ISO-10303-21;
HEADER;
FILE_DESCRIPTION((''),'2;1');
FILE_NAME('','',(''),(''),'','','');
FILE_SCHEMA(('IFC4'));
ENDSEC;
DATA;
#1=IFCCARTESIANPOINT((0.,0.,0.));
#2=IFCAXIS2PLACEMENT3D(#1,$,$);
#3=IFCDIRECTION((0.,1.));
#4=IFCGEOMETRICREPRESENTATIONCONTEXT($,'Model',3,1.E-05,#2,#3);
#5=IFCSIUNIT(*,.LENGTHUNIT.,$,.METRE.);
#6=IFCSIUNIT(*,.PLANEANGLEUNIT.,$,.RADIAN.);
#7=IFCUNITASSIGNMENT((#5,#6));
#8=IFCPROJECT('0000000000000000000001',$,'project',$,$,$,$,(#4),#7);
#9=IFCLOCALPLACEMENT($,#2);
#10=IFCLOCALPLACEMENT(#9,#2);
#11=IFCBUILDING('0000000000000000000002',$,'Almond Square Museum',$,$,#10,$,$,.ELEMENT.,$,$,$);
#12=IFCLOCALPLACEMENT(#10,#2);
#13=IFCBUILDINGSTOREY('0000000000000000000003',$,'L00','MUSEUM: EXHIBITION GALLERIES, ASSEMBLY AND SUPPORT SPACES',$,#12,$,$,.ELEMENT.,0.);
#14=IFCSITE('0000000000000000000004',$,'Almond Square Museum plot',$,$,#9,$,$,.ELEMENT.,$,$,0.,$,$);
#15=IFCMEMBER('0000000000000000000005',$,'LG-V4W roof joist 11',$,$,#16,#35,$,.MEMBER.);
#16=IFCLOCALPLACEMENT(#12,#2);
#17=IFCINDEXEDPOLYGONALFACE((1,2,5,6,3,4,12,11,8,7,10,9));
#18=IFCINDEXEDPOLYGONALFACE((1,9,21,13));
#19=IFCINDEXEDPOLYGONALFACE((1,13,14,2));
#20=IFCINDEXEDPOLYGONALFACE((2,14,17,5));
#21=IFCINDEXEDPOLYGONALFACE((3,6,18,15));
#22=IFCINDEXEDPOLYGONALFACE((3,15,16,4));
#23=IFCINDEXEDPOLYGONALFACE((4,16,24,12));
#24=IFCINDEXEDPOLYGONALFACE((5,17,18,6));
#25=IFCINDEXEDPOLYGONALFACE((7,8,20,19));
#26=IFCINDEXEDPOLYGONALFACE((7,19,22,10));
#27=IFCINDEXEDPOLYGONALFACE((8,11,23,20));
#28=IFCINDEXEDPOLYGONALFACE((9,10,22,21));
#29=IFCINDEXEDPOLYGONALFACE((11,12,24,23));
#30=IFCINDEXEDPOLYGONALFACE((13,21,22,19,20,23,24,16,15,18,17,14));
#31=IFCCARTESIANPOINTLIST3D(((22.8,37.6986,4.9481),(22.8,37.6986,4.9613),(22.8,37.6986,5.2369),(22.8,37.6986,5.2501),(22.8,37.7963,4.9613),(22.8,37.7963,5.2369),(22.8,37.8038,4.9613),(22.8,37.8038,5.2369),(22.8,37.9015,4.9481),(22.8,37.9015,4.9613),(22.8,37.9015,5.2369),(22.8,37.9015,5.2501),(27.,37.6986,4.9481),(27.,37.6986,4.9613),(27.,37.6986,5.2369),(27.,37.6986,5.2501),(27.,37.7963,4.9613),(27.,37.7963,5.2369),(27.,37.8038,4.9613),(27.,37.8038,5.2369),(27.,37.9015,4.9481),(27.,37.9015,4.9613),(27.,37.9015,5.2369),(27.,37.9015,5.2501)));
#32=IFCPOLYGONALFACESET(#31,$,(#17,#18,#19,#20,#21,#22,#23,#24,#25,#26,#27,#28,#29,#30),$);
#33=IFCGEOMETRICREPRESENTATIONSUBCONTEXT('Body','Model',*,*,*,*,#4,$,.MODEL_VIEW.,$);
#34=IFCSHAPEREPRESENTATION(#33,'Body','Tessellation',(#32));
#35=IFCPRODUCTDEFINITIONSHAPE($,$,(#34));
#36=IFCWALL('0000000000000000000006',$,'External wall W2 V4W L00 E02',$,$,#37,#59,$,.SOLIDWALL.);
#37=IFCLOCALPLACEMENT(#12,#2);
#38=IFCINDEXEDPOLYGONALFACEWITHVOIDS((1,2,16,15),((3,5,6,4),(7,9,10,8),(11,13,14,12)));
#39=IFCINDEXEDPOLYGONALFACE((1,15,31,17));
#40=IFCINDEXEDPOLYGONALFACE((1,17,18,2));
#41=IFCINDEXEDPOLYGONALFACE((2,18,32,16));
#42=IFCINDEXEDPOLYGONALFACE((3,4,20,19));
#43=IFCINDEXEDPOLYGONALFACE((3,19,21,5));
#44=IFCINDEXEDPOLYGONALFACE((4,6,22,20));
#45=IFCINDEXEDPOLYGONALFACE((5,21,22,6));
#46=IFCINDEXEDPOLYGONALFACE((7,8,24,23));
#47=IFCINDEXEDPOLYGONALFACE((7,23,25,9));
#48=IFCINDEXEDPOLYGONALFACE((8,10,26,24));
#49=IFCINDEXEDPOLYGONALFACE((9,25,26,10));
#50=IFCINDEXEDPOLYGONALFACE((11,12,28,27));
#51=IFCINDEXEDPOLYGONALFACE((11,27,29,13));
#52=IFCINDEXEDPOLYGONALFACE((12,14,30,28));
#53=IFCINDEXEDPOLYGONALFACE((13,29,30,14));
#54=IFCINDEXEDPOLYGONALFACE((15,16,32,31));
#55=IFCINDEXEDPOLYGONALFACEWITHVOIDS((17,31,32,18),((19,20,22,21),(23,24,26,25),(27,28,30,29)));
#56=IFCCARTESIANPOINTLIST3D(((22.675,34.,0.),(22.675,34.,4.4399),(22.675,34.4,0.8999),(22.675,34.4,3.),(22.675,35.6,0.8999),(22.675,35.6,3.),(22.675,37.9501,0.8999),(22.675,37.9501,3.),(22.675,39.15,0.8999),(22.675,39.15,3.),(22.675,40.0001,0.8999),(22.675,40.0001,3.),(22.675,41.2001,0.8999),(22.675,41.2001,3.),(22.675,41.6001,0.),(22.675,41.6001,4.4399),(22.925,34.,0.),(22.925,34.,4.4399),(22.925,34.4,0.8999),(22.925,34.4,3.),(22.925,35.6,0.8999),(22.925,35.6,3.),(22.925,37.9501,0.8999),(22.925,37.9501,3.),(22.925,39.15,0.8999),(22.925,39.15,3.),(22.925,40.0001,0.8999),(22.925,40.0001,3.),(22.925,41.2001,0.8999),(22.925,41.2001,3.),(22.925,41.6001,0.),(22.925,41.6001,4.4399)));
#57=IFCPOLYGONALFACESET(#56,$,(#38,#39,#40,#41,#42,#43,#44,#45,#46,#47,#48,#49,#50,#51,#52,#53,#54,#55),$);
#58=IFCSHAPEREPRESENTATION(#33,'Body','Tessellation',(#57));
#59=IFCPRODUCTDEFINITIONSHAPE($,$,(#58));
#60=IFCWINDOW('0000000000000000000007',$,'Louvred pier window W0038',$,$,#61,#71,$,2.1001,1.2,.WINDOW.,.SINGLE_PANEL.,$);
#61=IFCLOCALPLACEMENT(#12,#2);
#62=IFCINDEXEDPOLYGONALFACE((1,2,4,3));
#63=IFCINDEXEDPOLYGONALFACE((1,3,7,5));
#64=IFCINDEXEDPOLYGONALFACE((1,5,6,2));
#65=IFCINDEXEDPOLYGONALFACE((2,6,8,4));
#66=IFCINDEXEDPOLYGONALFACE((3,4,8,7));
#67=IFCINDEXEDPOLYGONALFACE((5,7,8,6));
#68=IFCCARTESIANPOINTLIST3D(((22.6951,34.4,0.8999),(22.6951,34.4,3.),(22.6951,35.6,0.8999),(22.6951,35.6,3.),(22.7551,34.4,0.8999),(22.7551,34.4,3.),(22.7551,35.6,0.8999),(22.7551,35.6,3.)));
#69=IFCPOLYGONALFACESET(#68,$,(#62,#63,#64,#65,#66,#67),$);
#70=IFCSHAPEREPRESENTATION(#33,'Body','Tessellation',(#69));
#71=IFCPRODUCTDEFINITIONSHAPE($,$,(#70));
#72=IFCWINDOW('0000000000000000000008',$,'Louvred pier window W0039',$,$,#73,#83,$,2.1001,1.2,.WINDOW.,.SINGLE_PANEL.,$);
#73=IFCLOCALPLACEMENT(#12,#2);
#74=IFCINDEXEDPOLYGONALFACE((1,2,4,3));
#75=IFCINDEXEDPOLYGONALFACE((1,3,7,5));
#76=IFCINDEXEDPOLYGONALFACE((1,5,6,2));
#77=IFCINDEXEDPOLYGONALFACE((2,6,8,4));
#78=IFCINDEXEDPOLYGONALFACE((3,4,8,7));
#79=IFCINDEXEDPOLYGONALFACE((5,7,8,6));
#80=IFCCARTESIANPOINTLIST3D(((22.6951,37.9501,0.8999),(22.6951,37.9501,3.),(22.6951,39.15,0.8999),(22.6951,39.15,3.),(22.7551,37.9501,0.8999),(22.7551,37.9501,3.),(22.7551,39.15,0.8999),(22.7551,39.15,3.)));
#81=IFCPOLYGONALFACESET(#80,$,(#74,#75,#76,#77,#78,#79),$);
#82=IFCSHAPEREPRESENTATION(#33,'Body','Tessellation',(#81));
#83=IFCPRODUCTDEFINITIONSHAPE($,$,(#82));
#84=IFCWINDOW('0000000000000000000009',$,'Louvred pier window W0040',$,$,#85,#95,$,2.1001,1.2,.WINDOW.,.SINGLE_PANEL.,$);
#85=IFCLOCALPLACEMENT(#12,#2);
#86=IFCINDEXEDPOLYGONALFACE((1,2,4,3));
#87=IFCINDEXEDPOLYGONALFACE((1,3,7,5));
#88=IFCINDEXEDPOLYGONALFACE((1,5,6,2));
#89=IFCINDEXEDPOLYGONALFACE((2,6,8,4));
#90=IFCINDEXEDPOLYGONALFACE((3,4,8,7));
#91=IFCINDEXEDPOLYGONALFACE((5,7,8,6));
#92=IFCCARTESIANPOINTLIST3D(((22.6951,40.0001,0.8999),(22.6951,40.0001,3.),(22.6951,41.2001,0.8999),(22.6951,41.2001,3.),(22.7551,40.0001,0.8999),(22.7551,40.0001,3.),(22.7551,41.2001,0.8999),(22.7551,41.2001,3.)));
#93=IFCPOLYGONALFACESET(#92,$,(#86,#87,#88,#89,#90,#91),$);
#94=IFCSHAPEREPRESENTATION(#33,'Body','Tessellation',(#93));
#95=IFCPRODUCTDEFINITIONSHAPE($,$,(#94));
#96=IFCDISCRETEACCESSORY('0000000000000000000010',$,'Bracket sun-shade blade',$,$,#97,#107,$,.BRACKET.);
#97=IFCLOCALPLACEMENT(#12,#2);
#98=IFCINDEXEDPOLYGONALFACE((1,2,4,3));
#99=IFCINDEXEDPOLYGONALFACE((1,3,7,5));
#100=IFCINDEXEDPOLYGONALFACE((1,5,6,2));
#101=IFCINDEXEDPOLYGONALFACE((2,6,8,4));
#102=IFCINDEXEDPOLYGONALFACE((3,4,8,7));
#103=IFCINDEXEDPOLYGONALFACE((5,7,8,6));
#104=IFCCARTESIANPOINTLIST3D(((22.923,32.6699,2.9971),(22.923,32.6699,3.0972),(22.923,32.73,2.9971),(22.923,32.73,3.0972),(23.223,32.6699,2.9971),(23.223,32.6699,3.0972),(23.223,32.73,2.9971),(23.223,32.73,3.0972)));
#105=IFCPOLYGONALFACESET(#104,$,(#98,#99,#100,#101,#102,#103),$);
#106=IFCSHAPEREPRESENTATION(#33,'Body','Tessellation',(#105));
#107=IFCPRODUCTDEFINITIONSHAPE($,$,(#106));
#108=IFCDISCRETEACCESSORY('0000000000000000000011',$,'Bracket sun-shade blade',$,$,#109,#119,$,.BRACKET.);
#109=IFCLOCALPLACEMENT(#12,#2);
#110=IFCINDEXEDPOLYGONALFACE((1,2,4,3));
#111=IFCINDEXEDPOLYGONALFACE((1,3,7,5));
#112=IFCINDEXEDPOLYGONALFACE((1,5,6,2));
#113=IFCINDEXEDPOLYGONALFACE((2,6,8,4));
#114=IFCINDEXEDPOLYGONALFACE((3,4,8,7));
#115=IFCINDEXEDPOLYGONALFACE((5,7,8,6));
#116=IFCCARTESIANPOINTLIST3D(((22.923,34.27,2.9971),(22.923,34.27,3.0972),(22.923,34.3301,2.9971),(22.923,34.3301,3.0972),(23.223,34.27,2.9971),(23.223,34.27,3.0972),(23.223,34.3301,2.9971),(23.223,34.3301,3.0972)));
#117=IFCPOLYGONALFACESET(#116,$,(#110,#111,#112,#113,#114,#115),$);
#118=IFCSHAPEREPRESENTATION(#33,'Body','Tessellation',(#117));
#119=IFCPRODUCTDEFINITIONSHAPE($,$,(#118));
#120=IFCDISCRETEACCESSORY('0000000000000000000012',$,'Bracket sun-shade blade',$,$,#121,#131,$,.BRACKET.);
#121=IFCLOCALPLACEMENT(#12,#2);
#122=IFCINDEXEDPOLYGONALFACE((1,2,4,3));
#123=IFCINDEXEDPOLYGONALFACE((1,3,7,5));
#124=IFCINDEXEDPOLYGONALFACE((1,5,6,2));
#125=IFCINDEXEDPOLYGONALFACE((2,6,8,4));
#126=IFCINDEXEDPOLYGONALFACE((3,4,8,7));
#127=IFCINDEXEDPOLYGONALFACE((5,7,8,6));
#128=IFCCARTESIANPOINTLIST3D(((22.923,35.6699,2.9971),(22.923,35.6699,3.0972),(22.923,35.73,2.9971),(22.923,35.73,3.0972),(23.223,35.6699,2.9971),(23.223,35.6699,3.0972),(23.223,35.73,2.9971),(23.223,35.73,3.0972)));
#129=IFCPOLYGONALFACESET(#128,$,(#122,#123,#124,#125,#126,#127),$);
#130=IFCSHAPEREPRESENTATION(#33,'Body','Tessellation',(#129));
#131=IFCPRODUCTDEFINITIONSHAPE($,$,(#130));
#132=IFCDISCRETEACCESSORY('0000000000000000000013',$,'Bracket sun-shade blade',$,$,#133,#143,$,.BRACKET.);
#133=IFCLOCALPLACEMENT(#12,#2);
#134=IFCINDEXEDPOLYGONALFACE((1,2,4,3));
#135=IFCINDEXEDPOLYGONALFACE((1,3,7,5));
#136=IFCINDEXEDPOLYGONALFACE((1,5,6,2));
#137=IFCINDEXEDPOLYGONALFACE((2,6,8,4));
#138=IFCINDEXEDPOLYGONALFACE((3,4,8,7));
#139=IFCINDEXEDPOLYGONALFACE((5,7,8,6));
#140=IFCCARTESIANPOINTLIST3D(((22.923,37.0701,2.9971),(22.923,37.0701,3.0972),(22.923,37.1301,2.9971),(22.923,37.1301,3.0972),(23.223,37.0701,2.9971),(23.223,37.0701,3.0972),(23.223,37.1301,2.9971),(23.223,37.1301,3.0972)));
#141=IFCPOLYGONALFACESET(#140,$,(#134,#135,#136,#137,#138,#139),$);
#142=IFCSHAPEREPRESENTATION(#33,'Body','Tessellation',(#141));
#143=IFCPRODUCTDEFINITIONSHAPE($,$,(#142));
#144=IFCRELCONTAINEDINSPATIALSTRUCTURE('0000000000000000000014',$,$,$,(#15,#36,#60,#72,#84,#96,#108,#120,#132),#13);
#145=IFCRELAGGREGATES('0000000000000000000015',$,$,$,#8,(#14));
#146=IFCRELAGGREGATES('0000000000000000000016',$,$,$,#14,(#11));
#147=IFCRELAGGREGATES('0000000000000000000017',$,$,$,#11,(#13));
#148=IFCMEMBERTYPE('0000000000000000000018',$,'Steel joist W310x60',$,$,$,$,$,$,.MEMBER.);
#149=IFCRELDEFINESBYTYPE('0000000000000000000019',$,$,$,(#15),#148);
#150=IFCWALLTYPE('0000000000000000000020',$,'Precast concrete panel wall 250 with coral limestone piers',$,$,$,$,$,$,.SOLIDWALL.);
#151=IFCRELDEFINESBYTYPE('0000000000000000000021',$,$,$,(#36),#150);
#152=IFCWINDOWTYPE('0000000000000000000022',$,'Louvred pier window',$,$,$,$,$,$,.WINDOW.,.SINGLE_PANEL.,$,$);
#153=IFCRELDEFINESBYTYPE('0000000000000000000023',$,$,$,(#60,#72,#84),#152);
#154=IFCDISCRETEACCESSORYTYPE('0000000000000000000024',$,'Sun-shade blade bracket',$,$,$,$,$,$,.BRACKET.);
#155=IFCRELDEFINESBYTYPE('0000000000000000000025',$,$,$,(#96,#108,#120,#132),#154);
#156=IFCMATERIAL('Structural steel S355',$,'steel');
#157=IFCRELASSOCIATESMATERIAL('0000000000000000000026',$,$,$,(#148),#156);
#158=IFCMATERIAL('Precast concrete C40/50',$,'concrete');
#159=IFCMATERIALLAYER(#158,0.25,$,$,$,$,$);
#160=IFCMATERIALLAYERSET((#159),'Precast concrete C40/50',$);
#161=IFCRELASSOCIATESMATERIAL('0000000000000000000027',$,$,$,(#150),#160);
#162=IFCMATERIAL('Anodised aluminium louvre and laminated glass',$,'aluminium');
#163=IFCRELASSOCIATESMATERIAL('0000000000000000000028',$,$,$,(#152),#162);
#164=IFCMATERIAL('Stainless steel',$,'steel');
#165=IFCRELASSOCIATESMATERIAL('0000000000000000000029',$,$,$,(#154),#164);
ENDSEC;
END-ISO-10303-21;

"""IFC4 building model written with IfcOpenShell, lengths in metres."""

from ifc_helpers import new_model, si_unit, direction, frame, frame_2d, origin, origin_2d, place, context, subcontext, project, spatial, rectangle, i_section, extrude, material, layer, layer_set, material_profile, profile_set, type_object, element, fill, save


model = new_model("IFC4")

# Units and contexts
model_context = context("Model", 3, precision=1e-05, world=origin(), true_north=direction((0.0, 1.0)))
body_context = subcontext(model_context, "Body", "Model", "MODEL_VIEW")
ifc_project = project(units=[si_unit("LENGTHUNIT", "METRE"), si_unit("PLANEANGLEUNIT", "RADIAN")], contexts=[model_context])

# Site, building, storey
site_placement = place(None, origin())
site = spatial("IfcSite", under=ifc_project, at=site_placement, Name="Almond Square Museum plot", CompositionType="ELEMENT", RefElevation=0.0)
building_placement = place(site_placement, origin())
building = spatial("IfcBuilding", under=site, at=building_placement, Name="Almond Square Museum", CompositionType="ELEMENT")
storey_placement = place(building_placement, origin())
storey = spatial("IfcBuildingStorey", under=building, at=storey_placement, Name="L00", Description="MUSEUM: EXHIBITION GALLERIES, ASSEMBLY AND SUPPORT SPACES", CompositionType="ELEMENT", Elevation=0.0)

# Member
ifc_material_1 = material(Name="Structural steel S355", Category="steel")
ifc_material_profile_1 = material_profile(ifc_material_1, i_section(OverallWidth=0.2029, OverallDepth=0.302, WebThickness=0.0076, FlangeThickness=0.0132, at=origin_2d()))
ifc_profile_set_1 = profile_set([ifc_material_profile_1], Name="Structural steel S355")
member_type = type_object("IfcMemberType", Name="Steel joist W310x60", PredefinedType="MEMBER", material=ifc_profile_set_1)
for number, where, z_axis, x_axis, name in (
    (1, (22.8, 37.8, 5.0991), (1.0, 0.0, 0.0), (0.0, 1.0, 0.0), "LG-V4W roof joist 11"),
):
    element("IfcMember", number, at=place(storey_placement, frame(where, z_axis=z_axis, x_axis=x_axis)), inside=storey, type_object=member_type, Name=name, PredefinedType="MEMBER", context=body_context, shape_type="SweptSolid", body=[
        extrude(i_section(OverallWidth=0.2029, OverallDepth=0.302, WebThickness=0.0076, FlangeThickness=0.0132, at=origin_2d()), origin(), (0.0, 0.0, 1.0), 4.2),
    ])

# Wall, openings, windows
ifc_material_2 = material(Name="Precast concrete C40/50", Category="concrete")
ifc_layer = layer(ifc_material_2, 0.25)
ifc_layer_set = layer_set([ifc_layer], Name="Precast concrete C40/50")
wall_type = type_object("IfcWallType", Name="Precast concrete panel wall 250 with coral limestone piers", PredefinedType="SOLIDWALL", material=ifc_layer_set)
wall_placement = place(storey_placement, frame((22.8, 34.0, 0.0), z_axis=(0.0, 0.0, 1.0), x_axis=(0.0, 1.0, 0.0)))
wall = element("IfcWall", 2, at=wall_placement, inside=storey, type_object=wall_type, Name="External wall W2 V4W L00 E02", PredefinedType="SOLIDWALL", context=body_context, shape_type="SweptSolid", body=[
    extrude(rectangle(XDim=7.6001, YDim=0.25, at=frame_2d((3.8, 0.0))), origin(), (0.0, 0.0, 1.0), 4.4399),
])
opening_1_placement = place(wall_placement, frame((0.3999, 0.0, 0.8999)))
opening_1 = element("IfcOpeningElement", 3, at=opening_1_placement, cuts=wall, PredefinedType="OPENING", context=body_context, shape_type="SweptSolid", body=[
    extrude(rectangle(XDim=1.2, YDim=2.1001, at=frame_2d((0.6001, 1.05))), frame((0.0, 0.135, 0.0), z_axis=(0.0, -1.0, 0.0), x_axis=(1.0, 0.0, 0.0)), (0.0, 0.0, 1.0), 0.27),
])
opening_2_placement = place(wall_placement, frame((3.95, 0.0, 0.8999)))
opening_2 = element("IfcOpeningElement", 4, at=opening_2_placement, cuts=wall, PredefinedType="OPENING", context=body_context, shape_type="SweptSolid", body=[
    extrude(rectangle(XDim=1.2, YDim=2.1001, at=frame_2d((0.6001, 1.05))), frame((0.0, 0.135, 0.0), z_axis=(0.0, -1.0, 0.0), x_axis=(1.0, 0.0, 0.0)), (0.0, 0.0, 1.0), 0.27),
])
opening_3_placement = place(wall_placement, frame((6.0, 0.0, 0.8999)))
opening_3 = element("IfcOpeningElement", 5, at=opening_3_placement, cuts=wall, PredefinedType="OPENING", context=body_context, shape_type="SweptSolid", body=[
    extrude(rectangle(XDim=1.2, YDim=2.1001, at=frame_2d((0.6001, 1.05))), frame((0.0, 0.135, 0.0), z_axis=(0.0, -1.0, 0.0), x_axis=(1.0, 0.0, 0.0)), (0.0, 0.0, 1.0), 0.27),
])
ifc_material_3 = material(Name="Anodised aluminium louvre and laminated glass", Category="aluminium")
window_type = type_object("IfcWindowType", Name="Louvred pier window", PartitioningType="SINGLE_PANEL", PredefinedType="WINDOW", material=ifc_material_3)
window_1_placement = place(opening_1_placement, origin())
window_1 = element("IfcWindow", 6, at=window_1_placement, inside=storey, type_object=window_type, Name="Louvred pier window W0038", OverallHeight=2.1001, OverallWidth=1.2, PartitioningType="SINGLE_PANEL", PredefinedType="WINDOW", context=body_context, shape_type="SweptSolid", body=[
    extrude(rectangle(XDim=1.2, YDim=2.1001, at=frame_2d((0.6001, 1.05))), frame((0.0, 0.105, 0.0), z_axis=(0.0, -1.0, 0.0), x_axis=(1.0, 0.0, 0.0)), (0.0, 0.0, 1.0), 0.0601),
])
fill(opening_1, window_1)
window_2_placement = place(opening_2_placement, origin())
window_2 = element("IfcWindow", 7, at=window_2_placement, inside=storey, type_object=window_type, Name="Louvred pier window W0039", OverallHeight=2.1001, OverallWidth=1.2, PartitioningType="SINGLE_PANEL", PredefinedType="WINDOW", context=body_context, shape_type="SweptSolid", body=[
    extrude(rectangle(XDim=1.2, YDim=2.1001, at=frame_2d((0.6001, 1.05))), frame((0.0, 0.105, 0.0), z_axis=(0.0, -1.0, 0.0), x_axis=(1.0, 0.0, 0.0)), (0.0, 0.0, 1.0), 0.0601),
])
fill(opening_2, window_2)
window_3_placement = place(opening_3_placement, origin())
window_3 = element("IfcWindow", 8, at=window_3_placement, inside=storey, type_object=window_type, Name="Louvred pier window W0040", OverallHeight=2.1001, OverallWidth=1.2, PartitioningType="SINGLE_PANEL", PredefinedType="WINDOW", context=body_context, shape_type="SweptSolid", body=[
    extrude(rectangle(XDim=1.2, YDim=2.1001, at=frame_2d((0.6001, 1.05))), frame((0.0, 0.105, 0.0), z_axis=(0.0, -1.0, 0.0), x_axis=(1.0, 0.0, 0.0)), (0.0, 0.0, 1.0), 0.0601),
])
fill(opening_3, window_3)

# Discrete accessories
ifc_material_4 = material(Name="Stainless steel", Category="steel")
discrete_accessory_type = type_object("IfcDiscreteAccessoryType", Name="Sun-shade blade bracket", PredefinedType="BRACKET", material=ifc_material_4)
for number, where, z_axis, x_axis, name in (
    (9, (23.073, 32.7, 2.9971), (0.0, 0.0, 1.0), (1.0, 0.0, 0.0), "Bracket sun-shade blade"),
    (10, (23.073, 34.3, 2.9971), (0.0, 0.0, 1.0), (1.0, 0.0, 0.0), "Bracket sun-shade blade"),
    (11, (23.073, 35.7, 2.9971), (0.0, 0.0, 1.0), (1.0, 0.0, 0.0), "Bracket sun-shade blade"),
    (12, (23.073, 37.1001, 2.9971), (0.0, 0.0, 1.0), (1.0, 0.0, 0.0), "Bracket sun-shade blade"),
):
    element("IfcDiscreteAccessory", number, at=place(storey_placement, frame(where, z_axis=z_axis, x_axis=x_axis)), inside=storey, type_object=discrete_accessory_type, Name=name, PredefinedType="BRACKET", context=body_context, shape_type="SweptSolid", body=[
        extrude(rectangle(XDim=0.3, YDim=0.0601, at=origin_2d()), origin(), (0.0, 0.0, 1.0), 0.1001),
    ])

save(model, "model.ifc")
